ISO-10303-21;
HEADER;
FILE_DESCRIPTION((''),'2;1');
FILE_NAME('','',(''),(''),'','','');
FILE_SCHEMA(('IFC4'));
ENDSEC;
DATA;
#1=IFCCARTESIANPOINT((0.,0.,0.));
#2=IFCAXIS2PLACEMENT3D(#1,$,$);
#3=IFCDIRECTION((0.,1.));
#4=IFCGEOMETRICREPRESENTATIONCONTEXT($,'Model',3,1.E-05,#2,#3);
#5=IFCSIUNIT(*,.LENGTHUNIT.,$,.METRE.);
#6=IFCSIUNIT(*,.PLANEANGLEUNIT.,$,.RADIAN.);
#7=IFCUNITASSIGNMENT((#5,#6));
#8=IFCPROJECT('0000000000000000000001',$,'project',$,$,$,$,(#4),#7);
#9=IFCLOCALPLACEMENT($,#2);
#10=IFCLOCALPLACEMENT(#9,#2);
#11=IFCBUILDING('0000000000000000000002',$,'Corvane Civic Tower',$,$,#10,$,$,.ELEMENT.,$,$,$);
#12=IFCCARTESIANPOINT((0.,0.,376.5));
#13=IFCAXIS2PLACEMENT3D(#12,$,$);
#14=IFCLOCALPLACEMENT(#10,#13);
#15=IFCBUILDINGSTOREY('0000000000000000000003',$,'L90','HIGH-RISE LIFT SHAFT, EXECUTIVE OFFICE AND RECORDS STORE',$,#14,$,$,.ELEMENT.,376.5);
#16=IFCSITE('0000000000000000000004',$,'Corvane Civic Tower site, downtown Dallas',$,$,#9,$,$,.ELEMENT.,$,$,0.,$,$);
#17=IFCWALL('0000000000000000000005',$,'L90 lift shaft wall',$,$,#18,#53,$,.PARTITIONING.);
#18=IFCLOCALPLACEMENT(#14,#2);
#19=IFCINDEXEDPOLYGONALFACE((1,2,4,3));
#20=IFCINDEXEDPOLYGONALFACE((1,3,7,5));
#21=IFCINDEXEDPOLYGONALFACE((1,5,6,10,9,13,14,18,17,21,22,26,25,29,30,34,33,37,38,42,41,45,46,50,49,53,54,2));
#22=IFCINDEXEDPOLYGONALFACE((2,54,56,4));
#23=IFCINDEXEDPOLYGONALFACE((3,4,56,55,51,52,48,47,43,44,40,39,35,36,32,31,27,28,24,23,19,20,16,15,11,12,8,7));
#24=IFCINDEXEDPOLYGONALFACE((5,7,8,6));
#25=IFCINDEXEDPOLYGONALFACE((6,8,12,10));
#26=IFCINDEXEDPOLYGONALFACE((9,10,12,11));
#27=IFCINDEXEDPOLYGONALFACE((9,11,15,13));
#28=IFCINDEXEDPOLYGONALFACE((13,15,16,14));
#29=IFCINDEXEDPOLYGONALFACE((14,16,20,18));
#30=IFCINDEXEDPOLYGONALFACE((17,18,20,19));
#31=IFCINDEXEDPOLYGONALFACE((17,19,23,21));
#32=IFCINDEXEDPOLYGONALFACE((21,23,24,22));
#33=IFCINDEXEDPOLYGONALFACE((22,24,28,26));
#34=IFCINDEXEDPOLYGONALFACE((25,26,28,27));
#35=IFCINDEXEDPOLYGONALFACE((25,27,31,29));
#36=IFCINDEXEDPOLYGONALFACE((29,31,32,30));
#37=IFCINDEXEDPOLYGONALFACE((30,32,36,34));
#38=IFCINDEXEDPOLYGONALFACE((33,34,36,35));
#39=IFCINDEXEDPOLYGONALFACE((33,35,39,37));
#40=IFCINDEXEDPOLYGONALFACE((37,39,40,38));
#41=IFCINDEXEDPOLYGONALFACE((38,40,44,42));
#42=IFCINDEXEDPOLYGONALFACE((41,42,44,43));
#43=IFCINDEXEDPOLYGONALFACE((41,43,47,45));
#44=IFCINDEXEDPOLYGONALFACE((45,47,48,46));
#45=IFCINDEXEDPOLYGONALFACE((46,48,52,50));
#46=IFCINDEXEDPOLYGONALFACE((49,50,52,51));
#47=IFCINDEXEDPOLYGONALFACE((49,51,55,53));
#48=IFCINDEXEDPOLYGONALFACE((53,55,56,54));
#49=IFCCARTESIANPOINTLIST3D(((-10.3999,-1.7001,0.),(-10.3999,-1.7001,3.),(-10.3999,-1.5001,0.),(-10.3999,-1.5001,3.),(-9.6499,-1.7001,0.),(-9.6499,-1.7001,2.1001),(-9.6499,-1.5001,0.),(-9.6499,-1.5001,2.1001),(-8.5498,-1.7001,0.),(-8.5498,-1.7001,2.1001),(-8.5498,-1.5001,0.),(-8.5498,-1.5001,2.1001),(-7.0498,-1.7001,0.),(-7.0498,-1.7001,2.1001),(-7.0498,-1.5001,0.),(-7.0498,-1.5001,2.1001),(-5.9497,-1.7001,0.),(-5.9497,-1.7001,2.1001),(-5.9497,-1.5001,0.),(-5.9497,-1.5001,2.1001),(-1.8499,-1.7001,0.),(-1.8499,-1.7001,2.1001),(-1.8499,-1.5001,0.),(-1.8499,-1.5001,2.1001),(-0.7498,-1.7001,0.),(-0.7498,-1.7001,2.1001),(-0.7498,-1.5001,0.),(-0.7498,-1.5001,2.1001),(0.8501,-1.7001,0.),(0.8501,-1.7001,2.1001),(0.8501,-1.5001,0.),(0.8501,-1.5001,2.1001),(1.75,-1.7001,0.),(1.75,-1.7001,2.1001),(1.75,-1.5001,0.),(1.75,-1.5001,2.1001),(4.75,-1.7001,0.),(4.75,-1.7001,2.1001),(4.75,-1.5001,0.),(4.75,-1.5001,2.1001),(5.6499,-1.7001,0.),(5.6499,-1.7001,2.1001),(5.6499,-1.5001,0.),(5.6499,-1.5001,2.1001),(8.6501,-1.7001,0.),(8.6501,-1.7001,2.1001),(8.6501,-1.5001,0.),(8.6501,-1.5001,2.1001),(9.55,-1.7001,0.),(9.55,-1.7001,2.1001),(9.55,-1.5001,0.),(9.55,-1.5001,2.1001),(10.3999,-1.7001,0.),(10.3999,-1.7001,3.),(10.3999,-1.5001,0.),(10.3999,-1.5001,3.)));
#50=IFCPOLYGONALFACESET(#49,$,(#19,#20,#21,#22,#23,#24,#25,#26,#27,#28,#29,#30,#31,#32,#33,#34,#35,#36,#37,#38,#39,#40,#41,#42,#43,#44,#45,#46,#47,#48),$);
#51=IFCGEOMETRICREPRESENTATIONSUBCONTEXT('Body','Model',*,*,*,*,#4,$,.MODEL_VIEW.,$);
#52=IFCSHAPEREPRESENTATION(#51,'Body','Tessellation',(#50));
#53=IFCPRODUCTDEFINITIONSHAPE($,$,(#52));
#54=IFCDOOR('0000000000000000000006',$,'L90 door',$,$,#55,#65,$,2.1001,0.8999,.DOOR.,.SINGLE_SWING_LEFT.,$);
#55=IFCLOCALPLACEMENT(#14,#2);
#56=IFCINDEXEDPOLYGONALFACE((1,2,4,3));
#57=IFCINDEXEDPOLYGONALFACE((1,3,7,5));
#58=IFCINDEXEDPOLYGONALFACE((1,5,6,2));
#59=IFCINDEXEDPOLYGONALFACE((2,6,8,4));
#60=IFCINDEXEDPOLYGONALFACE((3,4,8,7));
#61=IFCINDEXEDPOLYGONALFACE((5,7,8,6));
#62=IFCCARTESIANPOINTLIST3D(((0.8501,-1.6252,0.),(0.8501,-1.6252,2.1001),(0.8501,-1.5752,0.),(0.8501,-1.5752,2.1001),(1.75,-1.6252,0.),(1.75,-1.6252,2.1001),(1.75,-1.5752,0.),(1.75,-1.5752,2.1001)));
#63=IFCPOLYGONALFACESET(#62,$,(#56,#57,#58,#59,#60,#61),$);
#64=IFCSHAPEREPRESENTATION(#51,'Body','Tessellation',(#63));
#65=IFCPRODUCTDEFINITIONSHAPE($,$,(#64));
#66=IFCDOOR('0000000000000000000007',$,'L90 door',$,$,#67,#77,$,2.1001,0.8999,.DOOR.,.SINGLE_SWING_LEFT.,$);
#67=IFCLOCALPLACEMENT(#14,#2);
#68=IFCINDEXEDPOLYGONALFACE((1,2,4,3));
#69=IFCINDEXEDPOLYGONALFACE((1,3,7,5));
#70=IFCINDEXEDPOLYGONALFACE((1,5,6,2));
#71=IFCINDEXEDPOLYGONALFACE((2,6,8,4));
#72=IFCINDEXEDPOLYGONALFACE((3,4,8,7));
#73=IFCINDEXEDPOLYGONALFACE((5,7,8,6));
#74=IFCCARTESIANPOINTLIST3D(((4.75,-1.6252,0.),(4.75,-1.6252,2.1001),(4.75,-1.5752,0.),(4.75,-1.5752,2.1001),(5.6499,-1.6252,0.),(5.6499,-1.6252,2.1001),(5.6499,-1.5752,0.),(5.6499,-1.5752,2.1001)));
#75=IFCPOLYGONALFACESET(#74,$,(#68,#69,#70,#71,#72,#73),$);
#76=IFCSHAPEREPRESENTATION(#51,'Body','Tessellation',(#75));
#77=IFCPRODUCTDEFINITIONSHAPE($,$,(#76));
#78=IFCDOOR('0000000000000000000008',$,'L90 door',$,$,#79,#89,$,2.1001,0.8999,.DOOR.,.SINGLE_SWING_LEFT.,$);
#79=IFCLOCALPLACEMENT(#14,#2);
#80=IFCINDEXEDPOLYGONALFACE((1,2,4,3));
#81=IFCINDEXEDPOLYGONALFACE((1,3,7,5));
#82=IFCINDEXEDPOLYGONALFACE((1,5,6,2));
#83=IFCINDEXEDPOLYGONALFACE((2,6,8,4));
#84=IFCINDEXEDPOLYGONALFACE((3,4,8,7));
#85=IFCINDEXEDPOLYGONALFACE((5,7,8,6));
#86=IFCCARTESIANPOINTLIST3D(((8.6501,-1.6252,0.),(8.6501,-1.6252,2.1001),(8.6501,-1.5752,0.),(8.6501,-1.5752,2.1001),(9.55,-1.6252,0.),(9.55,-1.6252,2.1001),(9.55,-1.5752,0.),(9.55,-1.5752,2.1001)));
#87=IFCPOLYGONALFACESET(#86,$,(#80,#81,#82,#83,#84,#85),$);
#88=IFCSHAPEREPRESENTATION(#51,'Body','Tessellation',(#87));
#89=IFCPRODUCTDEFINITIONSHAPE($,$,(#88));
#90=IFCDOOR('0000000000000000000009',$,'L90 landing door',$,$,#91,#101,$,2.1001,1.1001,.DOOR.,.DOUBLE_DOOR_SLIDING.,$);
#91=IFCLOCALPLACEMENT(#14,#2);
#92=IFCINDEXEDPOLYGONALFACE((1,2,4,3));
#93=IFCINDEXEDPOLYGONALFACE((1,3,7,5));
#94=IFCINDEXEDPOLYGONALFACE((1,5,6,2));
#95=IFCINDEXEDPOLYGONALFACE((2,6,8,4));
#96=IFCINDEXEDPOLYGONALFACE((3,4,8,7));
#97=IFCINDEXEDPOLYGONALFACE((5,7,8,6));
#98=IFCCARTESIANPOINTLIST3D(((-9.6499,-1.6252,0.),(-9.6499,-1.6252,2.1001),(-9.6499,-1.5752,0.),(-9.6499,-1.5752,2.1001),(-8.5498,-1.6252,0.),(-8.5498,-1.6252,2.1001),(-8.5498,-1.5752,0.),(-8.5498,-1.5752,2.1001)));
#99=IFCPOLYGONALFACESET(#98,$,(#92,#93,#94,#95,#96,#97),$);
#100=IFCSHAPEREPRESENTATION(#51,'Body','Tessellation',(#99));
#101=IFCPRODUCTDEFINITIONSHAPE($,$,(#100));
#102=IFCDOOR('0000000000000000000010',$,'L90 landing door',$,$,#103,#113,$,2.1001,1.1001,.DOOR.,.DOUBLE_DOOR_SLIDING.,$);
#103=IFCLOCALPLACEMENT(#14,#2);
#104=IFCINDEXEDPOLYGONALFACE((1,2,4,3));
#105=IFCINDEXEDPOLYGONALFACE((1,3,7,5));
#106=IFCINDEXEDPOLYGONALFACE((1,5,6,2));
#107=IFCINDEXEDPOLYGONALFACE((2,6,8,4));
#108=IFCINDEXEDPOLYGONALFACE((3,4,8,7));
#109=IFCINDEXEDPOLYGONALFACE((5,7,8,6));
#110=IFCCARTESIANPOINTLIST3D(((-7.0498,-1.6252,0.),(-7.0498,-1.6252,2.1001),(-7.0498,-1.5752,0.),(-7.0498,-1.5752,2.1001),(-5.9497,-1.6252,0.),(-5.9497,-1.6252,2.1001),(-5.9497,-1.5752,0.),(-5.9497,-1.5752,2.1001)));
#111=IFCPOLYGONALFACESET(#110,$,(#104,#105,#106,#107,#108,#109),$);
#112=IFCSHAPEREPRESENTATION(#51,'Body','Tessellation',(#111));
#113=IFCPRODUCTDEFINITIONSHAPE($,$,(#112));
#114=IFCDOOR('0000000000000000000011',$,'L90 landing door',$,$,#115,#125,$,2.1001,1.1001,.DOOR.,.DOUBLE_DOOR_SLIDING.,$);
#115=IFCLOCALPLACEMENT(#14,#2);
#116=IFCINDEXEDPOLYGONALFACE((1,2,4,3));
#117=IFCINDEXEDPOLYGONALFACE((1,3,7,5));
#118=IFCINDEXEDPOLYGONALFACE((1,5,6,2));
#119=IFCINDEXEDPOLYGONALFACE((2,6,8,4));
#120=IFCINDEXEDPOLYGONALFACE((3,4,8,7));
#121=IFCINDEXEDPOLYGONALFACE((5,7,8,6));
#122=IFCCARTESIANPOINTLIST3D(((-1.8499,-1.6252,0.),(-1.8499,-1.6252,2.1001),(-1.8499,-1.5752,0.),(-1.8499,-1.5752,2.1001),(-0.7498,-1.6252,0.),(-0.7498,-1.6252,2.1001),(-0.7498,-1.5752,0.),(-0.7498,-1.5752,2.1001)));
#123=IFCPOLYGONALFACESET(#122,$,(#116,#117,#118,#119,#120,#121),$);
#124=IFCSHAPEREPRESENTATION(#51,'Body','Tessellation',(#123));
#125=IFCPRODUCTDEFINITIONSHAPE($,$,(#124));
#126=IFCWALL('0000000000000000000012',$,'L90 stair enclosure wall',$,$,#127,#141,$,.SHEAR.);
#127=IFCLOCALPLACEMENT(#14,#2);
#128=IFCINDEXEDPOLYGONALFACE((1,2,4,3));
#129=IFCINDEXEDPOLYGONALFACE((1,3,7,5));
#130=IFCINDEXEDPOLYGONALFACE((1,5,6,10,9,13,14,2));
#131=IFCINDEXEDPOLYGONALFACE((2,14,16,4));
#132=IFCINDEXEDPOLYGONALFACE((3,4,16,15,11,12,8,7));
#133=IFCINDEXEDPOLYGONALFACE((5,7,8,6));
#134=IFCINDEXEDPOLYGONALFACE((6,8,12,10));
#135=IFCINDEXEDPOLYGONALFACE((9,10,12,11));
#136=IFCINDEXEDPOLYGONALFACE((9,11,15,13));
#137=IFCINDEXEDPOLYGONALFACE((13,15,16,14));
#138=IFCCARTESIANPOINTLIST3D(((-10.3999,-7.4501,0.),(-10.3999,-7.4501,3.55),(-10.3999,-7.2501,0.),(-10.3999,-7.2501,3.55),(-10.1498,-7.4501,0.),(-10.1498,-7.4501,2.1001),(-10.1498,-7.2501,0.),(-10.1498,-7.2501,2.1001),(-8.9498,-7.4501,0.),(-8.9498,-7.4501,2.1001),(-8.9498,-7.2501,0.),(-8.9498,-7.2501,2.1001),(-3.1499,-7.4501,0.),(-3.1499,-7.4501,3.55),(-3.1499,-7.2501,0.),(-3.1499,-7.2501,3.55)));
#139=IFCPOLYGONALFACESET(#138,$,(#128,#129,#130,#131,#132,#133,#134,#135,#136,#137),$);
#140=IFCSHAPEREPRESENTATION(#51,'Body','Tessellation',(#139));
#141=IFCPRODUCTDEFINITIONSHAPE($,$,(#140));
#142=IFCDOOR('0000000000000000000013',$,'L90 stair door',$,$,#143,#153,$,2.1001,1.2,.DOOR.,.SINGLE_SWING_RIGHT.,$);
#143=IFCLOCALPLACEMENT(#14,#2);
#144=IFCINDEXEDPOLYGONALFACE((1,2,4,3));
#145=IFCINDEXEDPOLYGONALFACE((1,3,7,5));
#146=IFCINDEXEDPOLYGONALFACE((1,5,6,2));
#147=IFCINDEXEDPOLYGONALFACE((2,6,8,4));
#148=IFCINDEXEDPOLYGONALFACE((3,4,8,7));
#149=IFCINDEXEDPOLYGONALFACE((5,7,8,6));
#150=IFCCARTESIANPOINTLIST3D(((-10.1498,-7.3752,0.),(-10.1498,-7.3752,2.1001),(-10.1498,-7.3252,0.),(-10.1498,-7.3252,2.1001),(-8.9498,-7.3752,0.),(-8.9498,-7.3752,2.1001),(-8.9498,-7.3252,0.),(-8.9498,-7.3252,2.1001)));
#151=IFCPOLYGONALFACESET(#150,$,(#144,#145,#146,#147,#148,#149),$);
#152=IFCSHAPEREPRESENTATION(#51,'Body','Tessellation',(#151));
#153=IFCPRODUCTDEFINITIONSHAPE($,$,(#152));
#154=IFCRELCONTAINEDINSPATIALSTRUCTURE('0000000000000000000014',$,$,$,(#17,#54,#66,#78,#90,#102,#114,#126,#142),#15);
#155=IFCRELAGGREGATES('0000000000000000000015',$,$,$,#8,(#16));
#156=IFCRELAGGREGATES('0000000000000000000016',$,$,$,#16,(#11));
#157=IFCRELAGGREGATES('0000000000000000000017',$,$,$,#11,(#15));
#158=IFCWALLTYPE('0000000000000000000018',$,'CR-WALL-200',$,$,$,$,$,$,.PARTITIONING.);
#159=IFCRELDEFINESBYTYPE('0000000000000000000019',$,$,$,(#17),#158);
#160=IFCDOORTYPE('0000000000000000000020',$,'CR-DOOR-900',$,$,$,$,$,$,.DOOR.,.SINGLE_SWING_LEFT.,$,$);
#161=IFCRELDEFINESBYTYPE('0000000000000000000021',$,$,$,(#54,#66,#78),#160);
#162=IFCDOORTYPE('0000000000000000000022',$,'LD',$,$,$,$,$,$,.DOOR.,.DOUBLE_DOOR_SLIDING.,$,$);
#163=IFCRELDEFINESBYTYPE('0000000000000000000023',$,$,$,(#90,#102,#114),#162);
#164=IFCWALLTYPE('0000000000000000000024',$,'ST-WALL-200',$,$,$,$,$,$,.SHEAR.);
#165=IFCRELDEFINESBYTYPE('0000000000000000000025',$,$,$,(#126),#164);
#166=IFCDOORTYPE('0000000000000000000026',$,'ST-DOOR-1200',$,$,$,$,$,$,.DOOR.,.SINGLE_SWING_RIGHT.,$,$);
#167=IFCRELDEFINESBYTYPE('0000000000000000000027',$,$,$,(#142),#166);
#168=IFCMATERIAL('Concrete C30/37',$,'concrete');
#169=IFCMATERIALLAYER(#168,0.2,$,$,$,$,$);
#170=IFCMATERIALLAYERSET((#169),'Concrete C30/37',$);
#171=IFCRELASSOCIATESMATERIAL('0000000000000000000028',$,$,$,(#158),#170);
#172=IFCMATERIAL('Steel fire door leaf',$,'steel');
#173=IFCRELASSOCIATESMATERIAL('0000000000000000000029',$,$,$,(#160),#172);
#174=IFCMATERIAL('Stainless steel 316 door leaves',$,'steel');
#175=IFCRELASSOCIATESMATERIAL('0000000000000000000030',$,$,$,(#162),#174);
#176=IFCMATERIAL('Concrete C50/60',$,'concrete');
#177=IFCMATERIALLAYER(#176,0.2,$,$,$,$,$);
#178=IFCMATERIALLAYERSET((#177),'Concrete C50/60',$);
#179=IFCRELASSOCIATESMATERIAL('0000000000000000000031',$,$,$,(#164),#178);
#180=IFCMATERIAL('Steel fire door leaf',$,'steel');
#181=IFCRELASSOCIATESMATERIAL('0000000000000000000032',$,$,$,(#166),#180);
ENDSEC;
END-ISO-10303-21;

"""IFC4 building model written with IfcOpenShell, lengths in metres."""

from ifc_helpers import new_model, si_unit, direction, frame, frame_2d, origin, place, context, subcontext, project, spatial, rectangle, extrude, material, layer, layer_set, type_object, element, fill, save


model = new_model("IFC4")

# Units and contexts
model_context = context("Model", 3, precision=1e-05, world=origin(), true_north=direction((0.0, 1.0)))
body_context = subcontext(model_context, "Body", "Model", "MODEL_VIEW")
ifc_project = project(units=[si_unit("LENGTHUNIT", "METRE"), si_unit("PLANEANGLEUNIT", "RADIAN")], contexts=[model_context])

# Site, building, storey
site_placement = place(None, origin())
site = spatial("IfcSite", under=ifc_project, at=site_placement, Name="Corvane Civic Tower site, downtown Dallas", CompositionType="ELEMENT", RefElevation=0.0)
building_placement = place(site_placement, origin())
building = spatial("IfcBuilding", under=site, at=building_placement, Name="Corvane Civic Tower", CompositionType="ELEMENT")
storey_placement = place(building_placement, frame((0.0, 0.0, 376.5)))
storey = spatial("IfcBuildingStorey", under=building, at=storey_placement, Name="L90", Description="HIGH-RISE LIFT SHAFT, EXECUTIVE OFFICE AND RECORDS STORE", CompositionType="ELEMENT", Elevation=376.5)

# Wall, openings, doors
ifc_material_1 = material(Name="Concrete C30/37", Category="concrete")
ifc_layer_1 = layer(ifc_material_1, 0.2)
ifc_layer_set_1 = layer_set([ifc_layer_1], Name="Concrete C30/37")
wall_type_1 = type_object("IfcWallType", Name="CR-WALL-200", PredefinedType="PARTITIONING", material=ifc_layer_set_1)
wall_1_placement = place(storey_placement, frame((-10.3999, -1.6001, 0.0), z_axis=(0.0, 0.0, 1.0), x_axis=(1.0, 0.0, 0.0)))
wall_1 = element("IfcWall", 1, at=wall_1_placement, inside=storey, type_object=wall_type_1, Name="L90 lift shaft wall", PredefinedType="PARTITIONING", context=body_context, shape_type="SweptSolid", body=[
    extrude(rectangle(XDim=20.7998, YDim=0.2, at=frame_2d((10.3999, 0.0))), origin(), (0.0, 0.0, 1.0), 3.0),
])
opening_1_placement = place(wall_1_placement, frame((0.75, 0.0, 0.0)))
opening_1 = element("IfcOpeningElement", 2, at=opening_1_placement, cuts=wall_1, PredefinedType="OPENING", context=body_context, shape_type="SweptSolid", body=[
    extrude(rectangle(XDim=1.1001, YDim=2.1001, at=frame_2d((0.55, 1.05))), frame((0.0, 0.1099, 0.0), z_axis=(0.0, -1.0, 0.0), x_axis=(1.0, 0.0, 0.0)), (0.0, 0.0, 1.0), 0.22),
])
opening_2_placement = place(wall_1_placement, frame((3.3501, 0.0, 0.0)))
opening_2 = element("IfcOpeningElement", 3, at=opening_2_placement, cuts=wall_1, PredefinedType="OPENING", context=body_context, shape_type="SweptSolid", body=[
    extrude(rectangle(XDim=1.1001, YDim=2.1001, at=frame_2d((0.55, 1.05))), frame((0.0, 0.1099, 0.0), z_axis=(0.0, -1.0, 0.0), x_axis=(1.0, 0.0, 0.0)), (0.0, 0.0, 1.0), 0.22),
])
opening_3_placement = place(wall_1_placement, frame((8.55, 0.0, 0.0)))
opening_3 = element("IfcOpeningElement", 4, at=opening_3_placement, cuts=wall_1, PredefinedType="OPENING", context=body_context, shape_type="SweptSolid", body=[
    extrude(rectangle(XDim=1.1001, YDim=2.1001, at=frame_2d((0.55, 1.05))), frame((0.0, 0.1099, 0.0), z_axis=(0.0, -1.0, 0.0), x_axis=(1.0, 0.0, 0.0)), (0.0, 0.0, 1.0), 0.22),
])
opening_4_placement = place(wall_1_placement, frame((11.25, 0.0, 0.0)))
opening_4 = element("IfcOpeningElement", 5, at=opening_4_placement, cuts=wall_1, PredefinedType="OPENING", context=body_context, shape_type="SweptSolid", body=[
    extrude(rectangle(XDim=0.8999, YDim=2.1001, at=frame_2d((0.45, 1.05))), frame((0.0, 0.1099, 0.0), z_axis=(0.0, -1.0, 0.0), x_axis=(1.0, 0.0, 0.0)), (0.0, 0.0, 1.0), 0.22),
])
opening_5_placement = place(wall_1_placement, frame((15.1499, 0.0, 0.0)))
opening_5 = element("IfcOpeningElement", 6, at=opening_5_placement, cuts=wall_1, PredefinedType="OPENING", context=body_context, shape_type="SweptSolid", body=[
    extrude(rectangle(XDim=0.8999, YDim=2.1001, at=frame_2d((0.45, 1.05))), frame((0.0, 0.1099, 0.0), z_axis=(0.0, -1.0, 0.0), x_axis=(1.0, 0.0, 0.0)), (0.0, 0.0, 1.0), 0.22),
])
opening_6_placement = place(wall_1_placement, frame((19.05, 0.0, 0.0)))
opening_6 = element("IfcOpeningElement", 7, at=opening_6_placement, cuts=wall_1, PredefinedType="OPENING", context=body_context, shape_type="SweptSolid", body=[
    extrude(rectangle(XDim=0.8999, YDim=2.1001, at=frame_2d((0.45, 1.05))), frame((0.0, 0.1099, 0.0), z_axis=(0.0, -1.0, 0.0), x_axis=(1.0, 0.0, 0.0)), (0.0, 0.0, 1.0), 0.22),
])
ifc_material_2 = material(Name="Steel fire door leaf", Category="steel")
door_type_1 = type_object("IfcDoorType", Name="CR-DOOR-900", OperationType="SINGLE_SWING_LEFT", PredefinedType="DOOR", material=ifc_material_2)
door_1_placement = place(opening_4_placement, origin())
door_1 = element("IfcDoor", 8, at=door_1_placement, inside=storey, type_object=door_type_1, Name="L90 door", OperationType="SINGLE_SWING_LEFT", OverallHeight=2.1001, OverallWidth=0.8999, PredefinedType="DOOR", context=body_context, shape_type="SweptSolid", body=[
    extrude(rectangle(XDim=0.8999, YDim=2.1001, at=frame_2d((0.45, 1.05))), frame((0.0, 0.0249, 0.0), z_axis=(0.0, -1.0, 0.0), x_axis=(1.0, 0.0, 0.0)), (0.0, 0.0, 1.0), 0.05),
])
fill(opening_4, door_1)
door_2_placement = place(opening_5_placement, origin())
door_2 = element("IfcDoor", 9, at=door_2_placement, inside=storey, type_object=door_type_1, Name="L90 door", OperationType="SINGLE_SWING_LEFT", OverallHeight=2.1001, OverallWidth=0.8999, PredefinedType="DOOR", context=body_context, shape_type="SweptSolid", body=[
    extrude(rectangle(XDim=0.8999, YDim=2.1001, at=frame_2d((0.45, 1.05))), frame((0.0, 0.0249, 0.0), z_axis=(0.0, -1.0, 0.0), x_axis=(1.0, 0.0, 0.0)), (0.0, 0.0, 1.0), 0.05),
])
fill(opening_5, door_2)
door_3_placement = place(opening_6_placement, origin())
door_3 = element("IfcDoor", 10, at=door_3_placement, inside=storey, type_object=door_type_1, Name="L90 door", OperationType="SINGLE_SWING_LEFT", OverallHeight=2.1001, OverallWidth=0.8999, PredefinedType="DOOR", context=body_context, shape_type="SweptSolid", body=[
    extrude(rectangle(XDim=0.8999, YDim=2.1001, at=frame_2d((0.45, 1.05))), frame((0.0, 0.0249, 0.0), z_axis=(0.0, -1.0, 0.0), x_axis=(1.0, 0.0, 0.0)), (0.0, 0.0, 1.0), 0.05),
])
fill(opening_6, door_3)
ifc_material_3 = material(Name="Stainless steel 316 door leaves", Category="steel")
door_type_2 = type_object("IfcDoorType", Name="LD", OperationType="DOUBLE_DOOR_SLIDING", PredefinedType="DOOR", material=ifc_material_3)
door_4_placement = place(opening_1_placement, origin())
door_4 = element("IfcDoor", 11, at=door_4_placement, inside=storey, type_object=door_type_2, Name="L90 landing door", OperationType="DOUBLE_DOOR_SLIDING", OverallHeight=2.1001, OverallWidth=1.1001, PredefinedType="DOOR", context=body_context, shape_type="SweptSolid", body=[
    extrude(rectangle(XDim=1.1001, YDim=2.1001, at=frame_2d((0.55, 1.05))), frame((0.0, 0.0249, 0.0), z_axis=(0.0, -1.0, 0.0), x_axis=(1.0, 0.0, 0.0)), (0.0, 0.0, 1.0), 0.05),
])
fill(opening_1, door_4)
door_5_placement = place(opening_2_placement, origin())
door_5 = element("IfcDoor", 12, at=door_5_placement, inside=storey, type_object=door_type_2, Name="L90 landing door", OperationType="DOUBLE_DOOR_SLIDING", OverallHeight=2.1001, OverallWidth=1.1001, PredefinedType="DOOR", context=body_context, shape_type="SweptSolid", body=[
    extrude(rectangle(XDim=1.1001, YDim=2.1001, at=frame_2d((0.55, 1.05))), frame((0.0, 0.0249, 0.0), z_axis=(0.0, -1.0, 0.0), x_axis=(1.0, 0.0, 0.0)), (0.0, 0.0, 1.0), 0.05),
])
fill(opening_2, door_5)
door_6_placement = place(opening_3_placement, origin())
door_6 = element("IfcDoor", 13, at=door_6_placement, inside=storey, type_object=door_type_2, Name="L90 landing door", OperationType="DOUBLE_DOOR_SLIDING", OverallHeight=2.1001, OverallWidth=1.1001, PredefinedType="DOOR", context=body_context, shape_type="SweptSolid", body=[
    extrude(rectangle(XDim=1.1001, YDim=2.1001, at=frame_2d((0.55, 1.05))), frame((0.0, 0.0249, 0.0), z_axis=(0.0, -1.0, 0.0), x_axis=(1.0, 0.0, 0.0)), (0.0, 0.0, 1.0), 0.05),
])
fill(opening_3, door_6)

# Wall, opening, door
ifc_material_4 = material(Name="Concrete C50/60", Category="concrete")
ifc_layer_2 = layer(ifc_material_4, 0.2)
ifc_layer_set_2 = layer_set([ifc_layer_2], Name="Concrete C50/60")
wall_type_2 = type_object("IfcWallType", Name="ST-WALL-200", PredefinedType="SHEAR", material=ifc_layer_set_2)
wall_2_placement = place(storey_placement, frame((-10.3999, -7.3501, 0.0), z_axis=(0.0, 0.0, 1.0), x_axis=(1.0, 0.0, 0.0)))
wall_2 = element("IfcWall", 14, at=wall_2_placement, inside=storey, type_object=wall_type_2, Name="L90 stair enclosure wall", PredefinedType="SHEAR", context=body_context, shape_type="SweptSolid", body=[
    extrude(rectangle(XDim=7.25, YDim=0.2, at=frame_2d((3.625, 0.0))), origin(), (0.0, 0.0, 1.0), 3.55),
])
opening_7_placement = place(wall_2_placement, frame((0.25, 0.0, 0.0)))
opening_7 = element("IfcOpeningElement", 15, at=opening_7_placement, cuts=wall_2, PredefinedType="OPENING", context=body_context, shape_type="SweptSolid", body=[
    extrude(rectangle(XDim=1.2, YDim=2.1001, at=frame_2d((0.6001, 1.05))), frame((0.0, 0.1099, 0.0), z_axis=(0.0, -1.0, 0.0), x_axis=(1.0, 0.0, 0.0)), (0.0, 0.0, 1.0), 0.22),
])
ifc_material_5 = material(Name="Steel fire door leaf", Category="steel")
door_type_3 = type_object("IfcDoorType", Name="ST-DOOR-1200", OperationType="SINGLE_SWING_RIGHT", PredefinedType="DOOR", material=ifc_material_5)
door_7_placement = place(opening_7_placement, origin())
door_7 = element("IfcDoor", 16, at=door_7_placement, inside=storey, type_object=door_type_3, Name="L90 stair door", OperationType="SINGLE_SWING_RIGHT", OverallHeight=2.1001, OverallWidth=1.2, PredefinedType="DOOR", context=body_context, shape_type="SweptSolid", body=[
    extrude(rectangle(XDim=1.2, YDim=2.1001, at=frame_2d((0.6001, 1.05))), frame((0.0, 0.0249, 0.0), z_axis=(0.0, -1.0, 0.0), x_axis=(1.0, 0.0, 0.0)), (0.0, 0.0, 1.0), 0.05),
])
fill(opening_7, door_7)

save(model, "model.ifc")
